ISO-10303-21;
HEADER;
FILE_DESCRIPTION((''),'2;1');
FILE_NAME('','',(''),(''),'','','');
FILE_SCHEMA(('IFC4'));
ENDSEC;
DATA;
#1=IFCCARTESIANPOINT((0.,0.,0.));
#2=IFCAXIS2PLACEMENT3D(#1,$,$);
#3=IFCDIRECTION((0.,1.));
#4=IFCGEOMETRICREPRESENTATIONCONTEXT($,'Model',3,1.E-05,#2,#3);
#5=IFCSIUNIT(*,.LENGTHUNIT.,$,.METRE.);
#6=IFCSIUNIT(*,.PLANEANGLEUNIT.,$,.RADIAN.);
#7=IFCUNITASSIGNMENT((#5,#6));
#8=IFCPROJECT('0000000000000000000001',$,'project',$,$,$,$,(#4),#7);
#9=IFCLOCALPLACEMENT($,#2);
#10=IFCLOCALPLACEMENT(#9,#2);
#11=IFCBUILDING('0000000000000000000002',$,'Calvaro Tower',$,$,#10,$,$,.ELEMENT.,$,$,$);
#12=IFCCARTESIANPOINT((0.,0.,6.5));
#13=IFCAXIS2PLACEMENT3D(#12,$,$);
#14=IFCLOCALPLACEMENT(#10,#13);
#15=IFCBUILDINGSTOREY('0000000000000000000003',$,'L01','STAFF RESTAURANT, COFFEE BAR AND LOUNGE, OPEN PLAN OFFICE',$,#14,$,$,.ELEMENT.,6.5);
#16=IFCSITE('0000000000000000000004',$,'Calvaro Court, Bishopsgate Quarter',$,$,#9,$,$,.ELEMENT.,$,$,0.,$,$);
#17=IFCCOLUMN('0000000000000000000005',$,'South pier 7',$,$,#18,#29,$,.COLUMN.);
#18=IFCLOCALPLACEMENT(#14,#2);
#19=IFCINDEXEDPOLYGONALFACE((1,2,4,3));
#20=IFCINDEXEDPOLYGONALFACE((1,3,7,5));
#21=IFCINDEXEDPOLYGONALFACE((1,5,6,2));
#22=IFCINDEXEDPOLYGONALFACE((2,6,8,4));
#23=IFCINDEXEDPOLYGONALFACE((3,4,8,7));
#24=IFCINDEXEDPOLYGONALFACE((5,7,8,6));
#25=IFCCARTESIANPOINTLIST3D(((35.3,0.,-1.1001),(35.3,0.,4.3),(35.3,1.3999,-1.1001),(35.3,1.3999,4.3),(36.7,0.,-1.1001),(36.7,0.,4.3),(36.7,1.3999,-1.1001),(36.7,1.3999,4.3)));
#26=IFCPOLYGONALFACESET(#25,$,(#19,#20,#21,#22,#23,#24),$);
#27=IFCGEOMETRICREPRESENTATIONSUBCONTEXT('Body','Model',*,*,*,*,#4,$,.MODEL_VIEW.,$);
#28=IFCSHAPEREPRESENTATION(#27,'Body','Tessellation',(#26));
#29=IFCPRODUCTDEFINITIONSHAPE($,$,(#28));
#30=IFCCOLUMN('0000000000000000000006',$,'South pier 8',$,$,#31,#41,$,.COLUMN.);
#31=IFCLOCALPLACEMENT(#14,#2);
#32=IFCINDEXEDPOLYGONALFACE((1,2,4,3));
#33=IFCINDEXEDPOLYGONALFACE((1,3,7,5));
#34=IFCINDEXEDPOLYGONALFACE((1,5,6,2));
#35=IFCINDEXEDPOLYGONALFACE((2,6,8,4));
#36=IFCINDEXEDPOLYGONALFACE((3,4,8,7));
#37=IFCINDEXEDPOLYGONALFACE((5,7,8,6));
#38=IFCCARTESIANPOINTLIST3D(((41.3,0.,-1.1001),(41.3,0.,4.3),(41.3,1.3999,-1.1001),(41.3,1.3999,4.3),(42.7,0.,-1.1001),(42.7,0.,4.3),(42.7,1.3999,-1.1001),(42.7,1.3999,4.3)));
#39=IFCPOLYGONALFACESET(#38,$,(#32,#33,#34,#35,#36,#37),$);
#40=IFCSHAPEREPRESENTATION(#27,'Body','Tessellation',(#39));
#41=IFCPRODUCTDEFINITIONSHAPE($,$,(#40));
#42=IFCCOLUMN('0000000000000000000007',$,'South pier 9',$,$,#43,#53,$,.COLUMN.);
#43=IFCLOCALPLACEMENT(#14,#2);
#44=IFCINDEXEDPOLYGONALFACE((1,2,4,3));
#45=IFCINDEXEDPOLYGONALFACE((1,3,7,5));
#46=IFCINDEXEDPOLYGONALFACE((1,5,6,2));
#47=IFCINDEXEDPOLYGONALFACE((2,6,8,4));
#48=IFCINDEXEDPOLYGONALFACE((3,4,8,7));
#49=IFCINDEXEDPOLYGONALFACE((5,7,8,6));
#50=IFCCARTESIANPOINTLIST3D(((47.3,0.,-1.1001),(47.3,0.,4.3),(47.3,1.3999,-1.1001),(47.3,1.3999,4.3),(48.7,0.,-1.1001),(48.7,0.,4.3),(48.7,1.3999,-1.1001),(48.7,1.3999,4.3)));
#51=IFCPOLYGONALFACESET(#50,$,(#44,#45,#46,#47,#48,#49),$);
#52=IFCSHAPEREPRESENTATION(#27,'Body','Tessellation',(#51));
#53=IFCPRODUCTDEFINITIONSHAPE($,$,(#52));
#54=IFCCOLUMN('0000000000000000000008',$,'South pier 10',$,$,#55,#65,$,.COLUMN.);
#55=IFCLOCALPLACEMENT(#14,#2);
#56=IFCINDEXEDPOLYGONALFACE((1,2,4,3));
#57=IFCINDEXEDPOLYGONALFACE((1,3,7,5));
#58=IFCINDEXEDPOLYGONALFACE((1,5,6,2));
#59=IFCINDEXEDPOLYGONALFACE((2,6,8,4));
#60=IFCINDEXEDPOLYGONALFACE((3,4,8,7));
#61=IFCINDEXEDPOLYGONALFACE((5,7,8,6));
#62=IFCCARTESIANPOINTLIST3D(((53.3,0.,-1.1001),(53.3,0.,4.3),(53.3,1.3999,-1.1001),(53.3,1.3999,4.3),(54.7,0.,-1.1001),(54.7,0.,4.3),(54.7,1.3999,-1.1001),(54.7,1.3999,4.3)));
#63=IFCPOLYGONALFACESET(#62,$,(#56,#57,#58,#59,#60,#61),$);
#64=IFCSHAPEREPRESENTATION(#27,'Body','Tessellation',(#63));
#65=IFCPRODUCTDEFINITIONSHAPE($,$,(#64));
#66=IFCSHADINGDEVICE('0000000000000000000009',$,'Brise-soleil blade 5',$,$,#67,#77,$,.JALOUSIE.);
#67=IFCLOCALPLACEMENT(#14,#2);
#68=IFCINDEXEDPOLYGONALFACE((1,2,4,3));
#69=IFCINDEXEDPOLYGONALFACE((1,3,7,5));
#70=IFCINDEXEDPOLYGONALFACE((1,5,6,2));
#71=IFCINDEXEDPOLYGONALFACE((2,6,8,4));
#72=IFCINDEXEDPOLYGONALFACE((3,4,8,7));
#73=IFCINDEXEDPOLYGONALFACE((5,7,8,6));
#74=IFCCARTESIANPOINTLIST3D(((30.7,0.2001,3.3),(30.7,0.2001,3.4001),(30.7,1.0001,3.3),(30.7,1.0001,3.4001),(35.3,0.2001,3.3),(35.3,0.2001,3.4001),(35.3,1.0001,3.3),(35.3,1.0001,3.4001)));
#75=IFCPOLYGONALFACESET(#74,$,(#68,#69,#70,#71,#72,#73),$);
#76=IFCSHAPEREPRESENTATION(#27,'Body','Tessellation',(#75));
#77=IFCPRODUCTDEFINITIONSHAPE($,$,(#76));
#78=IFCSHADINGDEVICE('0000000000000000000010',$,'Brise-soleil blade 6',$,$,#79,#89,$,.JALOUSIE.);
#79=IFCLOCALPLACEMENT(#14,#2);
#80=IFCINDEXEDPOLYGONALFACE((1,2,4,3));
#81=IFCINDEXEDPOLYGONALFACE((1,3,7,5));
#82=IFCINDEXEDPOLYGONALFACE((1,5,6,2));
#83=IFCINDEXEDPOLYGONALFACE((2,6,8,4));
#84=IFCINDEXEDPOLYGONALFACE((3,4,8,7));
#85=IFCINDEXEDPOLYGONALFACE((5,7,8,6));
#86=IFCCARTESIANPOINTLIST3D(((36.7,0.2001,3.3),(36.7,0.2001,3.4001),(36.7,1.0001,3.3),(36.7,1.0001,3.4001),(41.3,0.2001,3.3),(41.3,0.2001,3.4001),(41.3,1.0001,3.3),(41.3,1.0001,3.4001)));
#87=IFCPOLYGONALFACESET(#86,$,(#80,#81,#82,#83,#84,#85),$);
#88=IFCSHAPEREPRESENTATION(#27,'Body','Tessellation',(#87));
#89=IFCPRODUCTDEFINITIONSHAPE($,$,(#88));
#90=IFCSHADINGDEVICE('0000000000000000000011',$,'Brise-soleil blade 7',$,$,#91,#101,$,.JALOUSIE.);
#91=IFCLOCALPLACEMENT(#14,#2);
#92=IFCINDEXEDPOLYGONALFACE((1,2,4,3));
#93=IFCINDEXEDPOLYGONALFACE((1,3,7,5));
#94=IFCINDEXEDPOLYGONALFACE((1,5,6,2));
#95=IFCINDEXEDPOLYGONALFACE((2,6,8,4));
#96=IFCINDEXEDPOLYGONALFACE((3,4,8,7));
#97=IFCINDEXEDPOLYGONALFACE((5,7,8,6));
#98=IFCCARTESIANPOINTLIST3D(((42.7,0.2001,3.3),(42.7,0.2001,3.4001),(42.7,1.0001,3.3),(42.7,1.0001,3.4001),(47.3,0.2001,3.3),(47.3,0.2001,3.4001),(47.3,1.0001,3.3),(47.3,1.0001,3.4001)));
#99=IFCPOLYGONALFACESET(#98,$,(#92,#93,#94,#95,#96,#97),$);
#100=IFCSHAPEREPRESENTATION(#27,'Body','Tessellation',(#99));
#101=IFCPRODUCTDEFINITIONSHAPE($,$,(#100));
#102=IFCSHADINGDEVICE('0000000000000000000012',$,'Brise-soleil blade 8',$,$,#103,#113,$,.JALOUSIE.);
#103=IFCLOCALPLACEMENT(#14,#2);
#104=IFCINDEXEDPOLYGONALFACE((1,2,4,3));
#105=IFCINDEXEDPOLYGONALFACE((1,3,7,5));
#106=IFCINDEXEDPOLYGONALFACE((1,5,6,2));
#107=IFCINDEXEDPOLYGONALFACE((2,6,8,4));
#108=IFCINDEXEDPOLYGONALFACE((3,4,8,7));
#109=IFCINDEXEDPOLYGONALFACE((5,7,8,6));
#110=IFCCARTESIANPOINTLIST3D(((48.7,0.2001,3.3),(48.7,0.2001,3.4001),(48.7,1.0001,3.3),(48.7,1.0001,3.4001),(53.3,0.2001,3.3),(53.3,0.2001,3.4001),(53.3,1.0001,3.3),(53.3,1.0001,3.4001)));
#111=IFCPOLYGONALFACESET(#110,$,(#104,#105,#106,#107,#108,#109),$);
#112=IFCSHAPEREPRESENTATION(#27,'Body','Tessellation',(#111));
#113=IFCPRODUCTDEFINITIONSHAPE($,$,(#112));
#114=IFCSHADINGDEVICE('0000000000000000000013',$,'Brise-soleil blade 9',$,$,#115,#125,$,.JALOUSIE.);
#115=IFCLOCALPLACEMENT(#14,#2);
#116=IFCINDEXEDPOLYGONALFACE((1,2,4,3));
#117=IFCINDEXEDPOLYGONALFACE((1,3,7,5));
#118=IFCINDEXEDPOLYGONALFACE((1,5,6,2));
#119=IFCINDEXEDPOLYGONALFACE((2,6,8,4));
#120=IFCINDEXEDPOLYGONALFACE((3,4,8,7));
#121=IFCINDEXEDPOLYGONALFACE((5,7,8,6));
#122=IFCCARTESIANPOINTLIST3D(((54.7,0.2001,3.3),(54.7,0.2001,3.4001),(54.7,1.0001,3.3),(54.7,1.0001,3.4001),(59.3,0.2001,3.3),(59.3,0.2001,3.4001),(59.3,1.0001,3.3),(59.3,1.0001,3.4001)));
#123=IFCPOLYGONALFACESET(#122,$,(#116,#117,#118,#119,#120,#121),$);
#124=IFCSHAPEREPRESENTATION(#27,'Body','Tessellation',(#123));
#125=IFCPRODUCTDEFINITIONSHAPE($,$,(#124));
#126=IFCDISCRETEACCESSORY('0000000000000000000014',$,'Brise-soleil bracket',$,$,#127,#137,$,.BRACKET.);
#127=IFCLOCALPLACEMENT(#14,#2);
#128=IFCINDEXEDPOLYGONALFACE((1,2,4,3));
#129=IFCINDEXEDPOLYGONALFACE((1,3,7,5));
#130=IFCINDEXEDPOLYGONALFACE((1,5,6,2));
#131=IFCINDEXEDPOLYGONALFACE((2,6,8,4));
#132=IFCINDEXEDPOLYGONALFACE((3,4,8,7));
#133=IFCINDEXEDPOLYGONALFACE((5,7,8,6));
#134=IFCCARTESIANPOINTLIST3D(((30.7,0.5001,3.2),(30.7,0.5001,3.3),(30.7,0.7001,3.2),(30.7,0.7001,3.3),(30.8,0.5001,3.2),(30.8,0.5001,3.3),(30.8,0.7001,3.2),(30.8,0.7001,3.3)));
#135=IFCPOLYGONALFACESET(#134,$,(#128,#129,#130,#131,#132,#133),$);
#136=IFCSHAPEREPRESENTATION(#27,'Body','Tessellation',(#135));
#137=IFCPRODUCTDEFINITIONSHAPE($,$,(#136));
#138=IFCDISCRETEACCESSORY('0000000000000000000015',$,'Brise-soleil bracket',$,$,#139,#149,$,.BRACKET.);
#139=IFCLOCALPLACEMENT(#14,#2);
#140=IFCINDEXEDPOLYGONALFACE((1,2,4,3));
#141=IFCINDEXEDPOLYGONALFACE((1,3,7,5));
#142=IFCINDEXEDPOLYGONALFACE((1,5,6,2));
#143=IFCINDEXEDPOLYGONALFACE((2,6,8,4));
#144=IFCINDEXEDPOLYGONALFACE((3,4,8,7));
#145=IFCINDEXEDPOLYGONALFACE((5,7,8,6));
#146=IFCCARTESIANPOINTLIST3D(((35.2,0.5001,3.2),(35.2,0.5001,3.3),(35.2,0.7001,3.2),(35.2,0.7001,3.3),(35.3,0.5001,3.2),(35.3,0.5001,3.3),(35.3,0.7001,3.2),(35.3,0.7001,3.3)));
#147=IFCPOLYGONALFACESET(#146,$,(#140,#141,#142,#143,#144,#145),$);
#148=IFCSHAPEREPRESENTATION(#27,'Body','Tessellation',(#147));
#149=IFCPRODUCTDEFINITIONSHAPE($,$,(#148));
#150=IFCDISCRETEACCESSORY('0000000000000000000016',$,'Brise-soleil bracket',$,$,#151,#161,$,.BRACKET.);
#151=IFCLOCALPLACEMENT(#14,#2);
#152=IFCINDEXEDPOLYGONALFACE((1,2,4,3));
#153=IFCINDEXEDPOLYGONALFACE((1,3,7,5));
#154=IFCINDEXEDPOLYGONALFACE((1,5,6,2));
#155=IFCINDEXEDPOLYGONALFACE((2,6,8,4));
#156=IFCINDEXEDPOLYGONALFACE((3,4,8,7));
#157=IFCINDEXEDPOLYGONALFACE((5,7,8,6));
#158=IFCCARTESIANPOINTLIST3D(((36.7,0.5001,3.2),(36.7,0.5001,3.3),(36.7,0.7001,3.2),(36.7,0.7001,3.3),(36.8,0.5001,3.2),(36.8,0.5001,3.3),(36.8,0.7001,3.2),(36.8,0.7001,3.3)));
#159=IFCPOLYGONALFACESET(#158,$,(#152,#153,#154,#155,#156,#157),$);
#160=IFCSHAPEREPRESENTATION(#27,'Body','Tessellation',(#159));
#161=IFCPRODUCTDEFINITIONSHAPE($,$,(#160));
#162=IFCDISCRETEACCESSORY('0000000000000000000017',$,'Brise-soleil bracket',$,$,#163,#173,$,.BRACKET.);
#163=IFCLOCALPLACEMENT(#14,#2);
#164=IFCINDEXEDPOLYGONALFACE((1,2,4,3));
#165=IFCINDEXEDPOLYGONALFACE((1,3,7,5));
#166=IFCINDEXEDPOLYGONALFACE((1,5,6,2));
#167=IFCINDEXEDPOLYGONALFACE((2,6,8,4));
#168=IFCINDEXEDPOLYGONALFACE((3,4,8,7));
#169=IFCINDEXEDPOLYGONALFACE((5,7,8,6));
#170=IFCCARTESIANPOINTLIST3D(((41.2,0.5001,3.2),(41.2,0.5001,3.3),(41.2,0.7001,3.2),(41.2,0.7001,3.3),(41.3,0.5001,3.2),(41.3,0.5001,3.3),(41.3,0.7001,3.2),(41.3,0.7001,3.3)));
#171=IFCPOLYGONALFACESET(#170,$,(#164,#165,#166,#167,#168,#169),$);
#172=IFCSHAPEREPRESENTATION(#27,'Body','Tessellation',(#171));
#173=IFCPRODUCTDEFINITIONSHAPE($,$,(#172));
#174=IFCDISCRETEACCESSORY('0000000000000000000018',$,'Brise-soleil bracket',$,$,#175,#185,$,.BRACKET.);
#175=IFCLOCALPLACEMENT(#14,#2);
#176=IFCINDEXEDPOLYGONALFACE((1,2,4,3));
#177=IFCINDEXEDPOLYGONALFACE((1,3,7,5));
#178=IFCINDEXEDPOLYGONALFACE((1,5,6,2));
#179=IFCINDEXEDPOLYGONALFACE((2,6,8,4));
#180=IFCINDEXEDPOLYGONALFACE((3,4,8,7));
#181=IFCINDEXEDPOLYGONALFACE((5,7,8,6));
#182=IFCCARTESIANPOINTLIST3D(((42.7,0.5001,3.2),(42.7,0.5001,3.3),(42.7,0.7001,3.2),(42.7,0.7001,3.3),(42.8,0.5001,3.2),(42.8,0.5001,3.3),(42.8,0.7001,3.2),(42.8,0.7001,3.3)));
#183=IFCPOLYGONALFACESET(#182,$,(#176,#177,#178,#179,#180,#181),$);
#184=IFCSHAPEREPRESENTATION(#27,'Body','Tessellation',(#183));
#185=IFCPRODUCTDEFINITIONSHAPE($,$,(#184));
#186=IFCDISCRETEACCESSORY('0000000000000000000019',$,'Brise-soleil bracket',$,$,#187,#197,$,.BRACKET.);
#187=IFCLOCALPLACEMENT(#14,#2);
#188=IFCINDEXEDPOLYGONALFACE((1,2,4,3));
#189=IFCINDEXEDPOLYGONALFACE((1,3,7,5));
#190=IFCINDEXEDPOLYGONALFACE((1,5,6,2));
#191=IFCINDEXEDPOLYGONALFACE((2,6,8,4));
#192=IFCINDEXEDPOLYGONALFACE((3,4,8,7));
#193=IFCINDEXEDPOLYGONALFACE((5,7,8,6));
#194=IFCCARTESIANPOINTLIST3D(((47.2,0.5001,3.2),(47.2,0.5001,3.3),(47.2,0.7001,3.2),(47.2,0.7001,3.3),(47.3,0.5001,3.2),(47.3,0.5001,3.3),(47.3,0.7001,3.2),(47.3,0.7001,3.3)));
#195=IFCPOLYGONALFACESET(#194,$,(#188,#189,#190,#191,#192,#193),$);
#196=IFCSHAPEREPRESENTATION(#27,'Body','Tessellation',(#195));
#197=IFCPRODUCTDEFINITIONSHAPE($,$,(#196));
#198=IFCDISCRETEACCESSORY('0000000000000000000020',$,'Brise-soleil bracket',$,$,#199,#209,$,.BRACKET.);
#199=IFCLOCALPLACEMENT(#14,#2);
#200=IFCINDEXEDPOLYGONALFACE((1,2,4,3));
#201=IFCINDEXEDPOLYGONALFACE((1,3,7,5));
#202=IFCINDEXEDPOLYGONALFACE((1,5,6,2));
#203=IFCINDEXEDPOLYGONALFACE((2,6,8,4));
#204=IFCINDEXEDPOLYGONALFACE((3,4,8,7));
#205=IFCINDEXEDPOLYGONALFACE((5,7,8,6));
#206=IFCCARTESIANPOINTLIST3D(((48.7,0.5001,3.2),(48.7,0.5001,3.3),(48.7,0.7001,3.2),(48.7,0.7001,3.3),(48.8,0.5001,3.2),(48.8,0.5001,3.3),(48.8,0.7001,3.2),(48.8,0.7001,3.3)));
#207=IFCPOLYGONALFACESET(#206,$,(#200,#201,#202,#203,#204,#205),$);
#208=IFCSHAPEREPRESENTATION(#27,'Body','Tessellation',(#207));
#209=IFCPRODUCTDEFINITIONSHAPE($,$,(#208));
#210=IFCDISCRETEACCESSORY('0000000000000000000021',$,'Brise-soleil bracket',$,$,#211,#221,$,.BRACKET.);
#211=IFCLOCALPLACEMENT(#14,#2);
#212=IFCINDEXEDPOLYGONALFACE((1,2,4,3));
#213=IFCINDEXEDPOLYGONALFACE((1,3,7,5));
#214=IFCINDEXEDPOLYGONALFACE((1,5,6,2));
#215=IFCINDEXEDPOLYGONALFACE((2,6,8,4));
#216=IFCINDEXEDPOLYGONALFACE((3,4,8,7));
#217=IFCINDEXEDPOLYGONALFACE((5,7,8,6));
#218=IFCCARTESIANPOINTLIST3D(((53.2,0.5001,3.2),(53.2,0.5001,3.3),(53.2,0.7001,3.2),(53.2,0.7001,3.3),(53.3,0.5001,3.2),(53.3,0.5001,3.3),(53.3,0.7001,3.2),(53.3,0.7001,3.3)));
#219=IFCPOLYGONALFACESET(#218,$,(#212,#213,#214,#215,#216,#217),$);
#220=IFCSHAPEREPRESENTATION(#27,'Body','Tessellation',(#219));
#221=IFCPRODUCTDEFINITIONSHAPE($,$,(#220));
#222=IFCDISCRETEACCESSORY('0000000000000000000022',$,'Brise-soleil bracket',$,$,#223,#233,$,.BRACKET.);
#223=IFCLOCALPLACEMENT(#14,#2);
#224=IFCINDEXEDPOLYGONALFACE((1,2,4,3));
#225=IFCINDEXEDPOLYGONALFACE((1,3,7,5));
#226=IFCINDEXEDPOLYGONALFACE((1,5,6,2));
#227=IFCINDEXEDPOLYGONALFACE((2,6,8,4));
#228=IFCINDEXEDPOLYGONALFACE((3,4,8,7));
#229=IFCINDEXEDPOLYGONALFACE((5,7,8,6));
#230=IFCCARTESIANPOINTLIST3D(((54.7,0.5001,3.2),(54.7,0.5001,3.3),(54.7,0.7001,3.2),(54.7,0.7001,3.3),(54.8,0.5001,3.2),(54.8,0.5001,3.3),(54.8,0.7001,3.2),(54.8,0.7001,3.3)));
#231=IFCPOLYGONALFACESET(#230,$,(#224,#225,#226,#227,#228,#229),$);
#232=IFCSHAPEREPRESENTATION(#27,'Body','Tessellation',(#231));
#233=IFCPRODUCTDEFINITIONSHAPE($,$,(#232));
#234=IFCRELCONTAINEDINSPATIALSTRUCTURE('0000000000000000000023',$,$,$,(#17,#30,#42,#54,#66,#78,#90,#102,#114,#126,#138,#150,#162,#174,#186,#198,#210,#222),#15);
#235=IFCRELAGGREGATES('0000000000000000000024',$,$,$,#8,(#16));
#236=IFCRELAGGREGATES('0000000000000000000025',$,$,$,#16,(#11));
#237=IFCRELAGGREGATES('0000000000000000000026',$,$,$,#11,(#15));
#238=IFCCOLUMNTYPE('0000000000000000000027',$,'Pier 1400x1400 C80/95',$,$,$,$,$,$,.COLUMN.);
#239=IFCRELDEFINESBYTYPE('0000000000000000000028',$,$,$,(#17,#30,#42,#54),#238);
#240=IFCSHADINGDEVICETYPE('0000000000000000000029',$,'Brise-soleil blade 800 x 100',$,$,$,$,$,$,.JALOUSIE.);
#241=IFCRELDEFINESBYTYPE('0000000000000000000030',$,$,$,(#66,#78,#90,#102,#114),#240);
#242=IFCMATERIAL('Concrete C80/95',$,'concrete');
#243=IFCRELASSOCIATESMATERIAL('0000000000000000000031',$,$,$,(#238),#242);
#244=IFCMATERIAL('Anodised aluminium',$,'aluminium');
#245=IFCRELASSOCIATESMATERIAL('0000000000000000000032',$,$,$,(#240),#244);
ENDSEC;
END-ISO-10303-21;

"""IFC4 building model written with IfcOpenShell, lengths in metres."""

from ifc_helpers import new_model, si_unit, direction, frame, origin, origin_2d, place, context, subcontext, project, spatial, rectangle, extrude, material, material_profile, profile_set, type_object, element, save


model = new_model("IFC4")

# Units and contexts
model_context = context("Model", 3, precision=1e-05, world=origin(), true_north=direction((0.0, 1.0)))
body_context = subcontext(model_context, "Body", "Model", "MODEL_VIEW")
ifc_project = project(units=[si_unit("LENGTHUNIT", "METRE"), si_unit("PLANEANGLEUNIT", "RADIAN")], contexts=[model_context])

# Site, building, storey
site_placement = place(None, origin())
site = spatial("IfcSite", under=ifc_project, at=site_placement, Name="Calvaro Court, Bishopsgate Quarter", CompositionType="ELEMENT", RefElevation=0.0)
building_placement = place(site_placement, origin())
building = spatial("IfcBuilding", under=site, at=building_placement, Name="Calvaro Tower", CompositionType="ELEMENT")
storey_placement = place(building_placement, frame((0.0, 0.0, 6.5)))
storey = spatial("IfcBuildingStorey", under=building, at=storey_placement, Name="L01", Description="STAFF RESTAURANT, COFFEE BAR AND LOUNGE, OPEN PLAN OFFICE", CompositionType="ELEMENT", Elevation=6.5)

# Columns
ifc_material_1 = material(Name="Concrete C80/95", Category="concrete")
ifc_material_profile_1 = material_profile(ifc_material_1, rectangle(XDim=1.3999, YDim=1.3999, at=origin_2d()), Name="RC 1400x1400")
ifc_profile_set_1 = profile_set([ifc_material_profile_1], Name="Concrete C80/95")
column_type = type_object("IfcColumnType", Name="Pier 1400x1400 C80/95", PredefinedType="COLUMN", material=ifc_profile_set_1)
for number, where, z_axis, x_axis, name in (
    (1, (36.0, 0.7, -1.1001), (0.0, 0.0, 1.0), (1.0, 0.0, 0.0), "South pier 7"),
    (2, (42.0, 0.7, -1.1001), (0.0, 0.0, 1.0), (1.0, 0.0, 0.0), "South pier 8"),
    (3, (48.0, 0.7, -1.1001), (0.0, 0.0, 1.0), (1.0, 0.0, 0.0), "South pier 9"),
    (4, (54.0, 0.7, -1.1001), (0.0, 0.0, 1.0), (1.0, 0.0, 0.0), "South pier 10"),
):
    element("IfcColumn", number, at=place(storey_placement, frame(where, z_axis=z_axis, x_axis=x_axis)), inside=storey, type_object=column_type, Name=name, PredefinedType="COLUMN", context=body_context, shape_type="SweptSolid", body=[
        extrude(rectangle(XDim=1.3999, YDim=1.3999, at=origin_2d()), origin(), (0.0, 0.0, 1.0), 5.4001),
    ])

# Shading devices
ifc_material_2 = material(Name="Anodised aluminium", Category="aluminium")
ifc_material_profile_2 = material_profile(ifc_material_2, rectangle(XDim=0.8, YDim=0.1001, at=origin_2d()), Name="Brise-soleil blade 800 x 100")
ifc_profile_set_2 = profile_set([ifc_material_profile_2], Name="Anodised aluminium")
shading_device_type = type_object("IfcShadingDeviceType", Name="Brise-soleil blade 800 x 100", PredefinedType="JALOUSIE", material=ifc_profile_set_2)
for number, where, z_axis, x_axis, name in (
    (5, (30.7, 0.6001, 3.3501), (1.0, 0.0, 0.0), (0.0, 1.0, 0.0), "Brise-soleil blade 5"),
    (6, (36.7, 0.6001, 3.3501), (1.0, 0.0, 0.0), (0.0, 1.0, 0.0), "Brise-soleil blade 6"),
    (7, (42.7, 0.6001, 3.3501), (1.0, 0.0, 0.0), (0.0, 1.0, 0.0), "Brise-soleil blade 7"),
    (8, (48.7, 0.6001, 3.3501), (1.0, 0.0, 0.0), (0.0, 1.0, 0.0), "Brise-soleil blade 8"),
    (9, (54.7, 0.6001, 3.3501), (1.0, 0.0, 0.0), (0.0, 1.0, 0.0), "Brise-soleil blade 9"),
):
    element("IfcShadingDevice", number, at=place(storey_placement, frame(where, z_axis=z_axis, x_axis=x_axis)), inside=storey, type_object=shading_device_type, Name=name, PredefinedType="JALOUSIE", context=body_context, shape_type="SweptSolid", body=[
        extrude(rectangle(XDim=0.8, YDim=0.1001, at=origin_2d()), origin(), (0.0, 0.0, 1.0), 4.6001),
    ])

# Discrete accessories
for number, where, z_axis, x_axis, name in (
    (10, (30.75, 0.6001, 3.2), (0.0, 0.0, 1.0), (1.0, 0.0, 0.0), "Brise-soleil bracket"),
    (11, (35.25, 0.6001, 3.2), (0.0, 0.0, 1.0), (1.0, 0.0, 0.0), "Brise-soleil bracket"),
    (12, (36.75, 0.6001, 3.2), (0.0, 0.0, 1.0), (1.0, 0.0, 0.0), "Brise-soleil bracket"),
    (13, (41.25, 0.6001, 3.2), (0.0, 0.0, 1.0), (1.0, 0.0, 0.0), "Brise-soleil bracket"),
    (14, (42.75, 0.6001, 3.2), (0.0, 0.0, 1.0), (1.0, 0.0, 0.0), "Brise-soleil bracket"),
    (15, (47.25, 0.6001, 3.2), (0.0, 0.0, 1.0), (1.0, 0.0, 0.0), "Brise-soleil bracket"),
    (16, (48.75, 0.6001, 3.2), (0.0, 0.0, 1.0), (1.0, 0.0, 0.0), "Brise-soleil bracket"),
    (17, (53.25, 0.6001, 3.2), (0.0, 0.0, 1.0), (1.0, 0.0, 0.0), "Brise-soleil bracket"),
    (18, (54.75, 0.6001, 3.2), (0.0, 0.0, 1.0), (1.0, 0.0, 0.0), "Brise-soleil bracket"),
):
    element("IfcDiscreteAccessory", number, at=place(storey_placement, frame(where, z_axis=z_axis, x_axis=x_axis)), inside=storey, Name=name, PredefinedType="BRACKET", context=body_context, shape_type="SweptSolid", body=[
        extrude(rectangle(XDim=0.1001, YDim=0.2, at=origin_2d()), origin(), (0.0, 0.0, 1.0), 0.1001),
    ])

save(model, "model.ifc")
